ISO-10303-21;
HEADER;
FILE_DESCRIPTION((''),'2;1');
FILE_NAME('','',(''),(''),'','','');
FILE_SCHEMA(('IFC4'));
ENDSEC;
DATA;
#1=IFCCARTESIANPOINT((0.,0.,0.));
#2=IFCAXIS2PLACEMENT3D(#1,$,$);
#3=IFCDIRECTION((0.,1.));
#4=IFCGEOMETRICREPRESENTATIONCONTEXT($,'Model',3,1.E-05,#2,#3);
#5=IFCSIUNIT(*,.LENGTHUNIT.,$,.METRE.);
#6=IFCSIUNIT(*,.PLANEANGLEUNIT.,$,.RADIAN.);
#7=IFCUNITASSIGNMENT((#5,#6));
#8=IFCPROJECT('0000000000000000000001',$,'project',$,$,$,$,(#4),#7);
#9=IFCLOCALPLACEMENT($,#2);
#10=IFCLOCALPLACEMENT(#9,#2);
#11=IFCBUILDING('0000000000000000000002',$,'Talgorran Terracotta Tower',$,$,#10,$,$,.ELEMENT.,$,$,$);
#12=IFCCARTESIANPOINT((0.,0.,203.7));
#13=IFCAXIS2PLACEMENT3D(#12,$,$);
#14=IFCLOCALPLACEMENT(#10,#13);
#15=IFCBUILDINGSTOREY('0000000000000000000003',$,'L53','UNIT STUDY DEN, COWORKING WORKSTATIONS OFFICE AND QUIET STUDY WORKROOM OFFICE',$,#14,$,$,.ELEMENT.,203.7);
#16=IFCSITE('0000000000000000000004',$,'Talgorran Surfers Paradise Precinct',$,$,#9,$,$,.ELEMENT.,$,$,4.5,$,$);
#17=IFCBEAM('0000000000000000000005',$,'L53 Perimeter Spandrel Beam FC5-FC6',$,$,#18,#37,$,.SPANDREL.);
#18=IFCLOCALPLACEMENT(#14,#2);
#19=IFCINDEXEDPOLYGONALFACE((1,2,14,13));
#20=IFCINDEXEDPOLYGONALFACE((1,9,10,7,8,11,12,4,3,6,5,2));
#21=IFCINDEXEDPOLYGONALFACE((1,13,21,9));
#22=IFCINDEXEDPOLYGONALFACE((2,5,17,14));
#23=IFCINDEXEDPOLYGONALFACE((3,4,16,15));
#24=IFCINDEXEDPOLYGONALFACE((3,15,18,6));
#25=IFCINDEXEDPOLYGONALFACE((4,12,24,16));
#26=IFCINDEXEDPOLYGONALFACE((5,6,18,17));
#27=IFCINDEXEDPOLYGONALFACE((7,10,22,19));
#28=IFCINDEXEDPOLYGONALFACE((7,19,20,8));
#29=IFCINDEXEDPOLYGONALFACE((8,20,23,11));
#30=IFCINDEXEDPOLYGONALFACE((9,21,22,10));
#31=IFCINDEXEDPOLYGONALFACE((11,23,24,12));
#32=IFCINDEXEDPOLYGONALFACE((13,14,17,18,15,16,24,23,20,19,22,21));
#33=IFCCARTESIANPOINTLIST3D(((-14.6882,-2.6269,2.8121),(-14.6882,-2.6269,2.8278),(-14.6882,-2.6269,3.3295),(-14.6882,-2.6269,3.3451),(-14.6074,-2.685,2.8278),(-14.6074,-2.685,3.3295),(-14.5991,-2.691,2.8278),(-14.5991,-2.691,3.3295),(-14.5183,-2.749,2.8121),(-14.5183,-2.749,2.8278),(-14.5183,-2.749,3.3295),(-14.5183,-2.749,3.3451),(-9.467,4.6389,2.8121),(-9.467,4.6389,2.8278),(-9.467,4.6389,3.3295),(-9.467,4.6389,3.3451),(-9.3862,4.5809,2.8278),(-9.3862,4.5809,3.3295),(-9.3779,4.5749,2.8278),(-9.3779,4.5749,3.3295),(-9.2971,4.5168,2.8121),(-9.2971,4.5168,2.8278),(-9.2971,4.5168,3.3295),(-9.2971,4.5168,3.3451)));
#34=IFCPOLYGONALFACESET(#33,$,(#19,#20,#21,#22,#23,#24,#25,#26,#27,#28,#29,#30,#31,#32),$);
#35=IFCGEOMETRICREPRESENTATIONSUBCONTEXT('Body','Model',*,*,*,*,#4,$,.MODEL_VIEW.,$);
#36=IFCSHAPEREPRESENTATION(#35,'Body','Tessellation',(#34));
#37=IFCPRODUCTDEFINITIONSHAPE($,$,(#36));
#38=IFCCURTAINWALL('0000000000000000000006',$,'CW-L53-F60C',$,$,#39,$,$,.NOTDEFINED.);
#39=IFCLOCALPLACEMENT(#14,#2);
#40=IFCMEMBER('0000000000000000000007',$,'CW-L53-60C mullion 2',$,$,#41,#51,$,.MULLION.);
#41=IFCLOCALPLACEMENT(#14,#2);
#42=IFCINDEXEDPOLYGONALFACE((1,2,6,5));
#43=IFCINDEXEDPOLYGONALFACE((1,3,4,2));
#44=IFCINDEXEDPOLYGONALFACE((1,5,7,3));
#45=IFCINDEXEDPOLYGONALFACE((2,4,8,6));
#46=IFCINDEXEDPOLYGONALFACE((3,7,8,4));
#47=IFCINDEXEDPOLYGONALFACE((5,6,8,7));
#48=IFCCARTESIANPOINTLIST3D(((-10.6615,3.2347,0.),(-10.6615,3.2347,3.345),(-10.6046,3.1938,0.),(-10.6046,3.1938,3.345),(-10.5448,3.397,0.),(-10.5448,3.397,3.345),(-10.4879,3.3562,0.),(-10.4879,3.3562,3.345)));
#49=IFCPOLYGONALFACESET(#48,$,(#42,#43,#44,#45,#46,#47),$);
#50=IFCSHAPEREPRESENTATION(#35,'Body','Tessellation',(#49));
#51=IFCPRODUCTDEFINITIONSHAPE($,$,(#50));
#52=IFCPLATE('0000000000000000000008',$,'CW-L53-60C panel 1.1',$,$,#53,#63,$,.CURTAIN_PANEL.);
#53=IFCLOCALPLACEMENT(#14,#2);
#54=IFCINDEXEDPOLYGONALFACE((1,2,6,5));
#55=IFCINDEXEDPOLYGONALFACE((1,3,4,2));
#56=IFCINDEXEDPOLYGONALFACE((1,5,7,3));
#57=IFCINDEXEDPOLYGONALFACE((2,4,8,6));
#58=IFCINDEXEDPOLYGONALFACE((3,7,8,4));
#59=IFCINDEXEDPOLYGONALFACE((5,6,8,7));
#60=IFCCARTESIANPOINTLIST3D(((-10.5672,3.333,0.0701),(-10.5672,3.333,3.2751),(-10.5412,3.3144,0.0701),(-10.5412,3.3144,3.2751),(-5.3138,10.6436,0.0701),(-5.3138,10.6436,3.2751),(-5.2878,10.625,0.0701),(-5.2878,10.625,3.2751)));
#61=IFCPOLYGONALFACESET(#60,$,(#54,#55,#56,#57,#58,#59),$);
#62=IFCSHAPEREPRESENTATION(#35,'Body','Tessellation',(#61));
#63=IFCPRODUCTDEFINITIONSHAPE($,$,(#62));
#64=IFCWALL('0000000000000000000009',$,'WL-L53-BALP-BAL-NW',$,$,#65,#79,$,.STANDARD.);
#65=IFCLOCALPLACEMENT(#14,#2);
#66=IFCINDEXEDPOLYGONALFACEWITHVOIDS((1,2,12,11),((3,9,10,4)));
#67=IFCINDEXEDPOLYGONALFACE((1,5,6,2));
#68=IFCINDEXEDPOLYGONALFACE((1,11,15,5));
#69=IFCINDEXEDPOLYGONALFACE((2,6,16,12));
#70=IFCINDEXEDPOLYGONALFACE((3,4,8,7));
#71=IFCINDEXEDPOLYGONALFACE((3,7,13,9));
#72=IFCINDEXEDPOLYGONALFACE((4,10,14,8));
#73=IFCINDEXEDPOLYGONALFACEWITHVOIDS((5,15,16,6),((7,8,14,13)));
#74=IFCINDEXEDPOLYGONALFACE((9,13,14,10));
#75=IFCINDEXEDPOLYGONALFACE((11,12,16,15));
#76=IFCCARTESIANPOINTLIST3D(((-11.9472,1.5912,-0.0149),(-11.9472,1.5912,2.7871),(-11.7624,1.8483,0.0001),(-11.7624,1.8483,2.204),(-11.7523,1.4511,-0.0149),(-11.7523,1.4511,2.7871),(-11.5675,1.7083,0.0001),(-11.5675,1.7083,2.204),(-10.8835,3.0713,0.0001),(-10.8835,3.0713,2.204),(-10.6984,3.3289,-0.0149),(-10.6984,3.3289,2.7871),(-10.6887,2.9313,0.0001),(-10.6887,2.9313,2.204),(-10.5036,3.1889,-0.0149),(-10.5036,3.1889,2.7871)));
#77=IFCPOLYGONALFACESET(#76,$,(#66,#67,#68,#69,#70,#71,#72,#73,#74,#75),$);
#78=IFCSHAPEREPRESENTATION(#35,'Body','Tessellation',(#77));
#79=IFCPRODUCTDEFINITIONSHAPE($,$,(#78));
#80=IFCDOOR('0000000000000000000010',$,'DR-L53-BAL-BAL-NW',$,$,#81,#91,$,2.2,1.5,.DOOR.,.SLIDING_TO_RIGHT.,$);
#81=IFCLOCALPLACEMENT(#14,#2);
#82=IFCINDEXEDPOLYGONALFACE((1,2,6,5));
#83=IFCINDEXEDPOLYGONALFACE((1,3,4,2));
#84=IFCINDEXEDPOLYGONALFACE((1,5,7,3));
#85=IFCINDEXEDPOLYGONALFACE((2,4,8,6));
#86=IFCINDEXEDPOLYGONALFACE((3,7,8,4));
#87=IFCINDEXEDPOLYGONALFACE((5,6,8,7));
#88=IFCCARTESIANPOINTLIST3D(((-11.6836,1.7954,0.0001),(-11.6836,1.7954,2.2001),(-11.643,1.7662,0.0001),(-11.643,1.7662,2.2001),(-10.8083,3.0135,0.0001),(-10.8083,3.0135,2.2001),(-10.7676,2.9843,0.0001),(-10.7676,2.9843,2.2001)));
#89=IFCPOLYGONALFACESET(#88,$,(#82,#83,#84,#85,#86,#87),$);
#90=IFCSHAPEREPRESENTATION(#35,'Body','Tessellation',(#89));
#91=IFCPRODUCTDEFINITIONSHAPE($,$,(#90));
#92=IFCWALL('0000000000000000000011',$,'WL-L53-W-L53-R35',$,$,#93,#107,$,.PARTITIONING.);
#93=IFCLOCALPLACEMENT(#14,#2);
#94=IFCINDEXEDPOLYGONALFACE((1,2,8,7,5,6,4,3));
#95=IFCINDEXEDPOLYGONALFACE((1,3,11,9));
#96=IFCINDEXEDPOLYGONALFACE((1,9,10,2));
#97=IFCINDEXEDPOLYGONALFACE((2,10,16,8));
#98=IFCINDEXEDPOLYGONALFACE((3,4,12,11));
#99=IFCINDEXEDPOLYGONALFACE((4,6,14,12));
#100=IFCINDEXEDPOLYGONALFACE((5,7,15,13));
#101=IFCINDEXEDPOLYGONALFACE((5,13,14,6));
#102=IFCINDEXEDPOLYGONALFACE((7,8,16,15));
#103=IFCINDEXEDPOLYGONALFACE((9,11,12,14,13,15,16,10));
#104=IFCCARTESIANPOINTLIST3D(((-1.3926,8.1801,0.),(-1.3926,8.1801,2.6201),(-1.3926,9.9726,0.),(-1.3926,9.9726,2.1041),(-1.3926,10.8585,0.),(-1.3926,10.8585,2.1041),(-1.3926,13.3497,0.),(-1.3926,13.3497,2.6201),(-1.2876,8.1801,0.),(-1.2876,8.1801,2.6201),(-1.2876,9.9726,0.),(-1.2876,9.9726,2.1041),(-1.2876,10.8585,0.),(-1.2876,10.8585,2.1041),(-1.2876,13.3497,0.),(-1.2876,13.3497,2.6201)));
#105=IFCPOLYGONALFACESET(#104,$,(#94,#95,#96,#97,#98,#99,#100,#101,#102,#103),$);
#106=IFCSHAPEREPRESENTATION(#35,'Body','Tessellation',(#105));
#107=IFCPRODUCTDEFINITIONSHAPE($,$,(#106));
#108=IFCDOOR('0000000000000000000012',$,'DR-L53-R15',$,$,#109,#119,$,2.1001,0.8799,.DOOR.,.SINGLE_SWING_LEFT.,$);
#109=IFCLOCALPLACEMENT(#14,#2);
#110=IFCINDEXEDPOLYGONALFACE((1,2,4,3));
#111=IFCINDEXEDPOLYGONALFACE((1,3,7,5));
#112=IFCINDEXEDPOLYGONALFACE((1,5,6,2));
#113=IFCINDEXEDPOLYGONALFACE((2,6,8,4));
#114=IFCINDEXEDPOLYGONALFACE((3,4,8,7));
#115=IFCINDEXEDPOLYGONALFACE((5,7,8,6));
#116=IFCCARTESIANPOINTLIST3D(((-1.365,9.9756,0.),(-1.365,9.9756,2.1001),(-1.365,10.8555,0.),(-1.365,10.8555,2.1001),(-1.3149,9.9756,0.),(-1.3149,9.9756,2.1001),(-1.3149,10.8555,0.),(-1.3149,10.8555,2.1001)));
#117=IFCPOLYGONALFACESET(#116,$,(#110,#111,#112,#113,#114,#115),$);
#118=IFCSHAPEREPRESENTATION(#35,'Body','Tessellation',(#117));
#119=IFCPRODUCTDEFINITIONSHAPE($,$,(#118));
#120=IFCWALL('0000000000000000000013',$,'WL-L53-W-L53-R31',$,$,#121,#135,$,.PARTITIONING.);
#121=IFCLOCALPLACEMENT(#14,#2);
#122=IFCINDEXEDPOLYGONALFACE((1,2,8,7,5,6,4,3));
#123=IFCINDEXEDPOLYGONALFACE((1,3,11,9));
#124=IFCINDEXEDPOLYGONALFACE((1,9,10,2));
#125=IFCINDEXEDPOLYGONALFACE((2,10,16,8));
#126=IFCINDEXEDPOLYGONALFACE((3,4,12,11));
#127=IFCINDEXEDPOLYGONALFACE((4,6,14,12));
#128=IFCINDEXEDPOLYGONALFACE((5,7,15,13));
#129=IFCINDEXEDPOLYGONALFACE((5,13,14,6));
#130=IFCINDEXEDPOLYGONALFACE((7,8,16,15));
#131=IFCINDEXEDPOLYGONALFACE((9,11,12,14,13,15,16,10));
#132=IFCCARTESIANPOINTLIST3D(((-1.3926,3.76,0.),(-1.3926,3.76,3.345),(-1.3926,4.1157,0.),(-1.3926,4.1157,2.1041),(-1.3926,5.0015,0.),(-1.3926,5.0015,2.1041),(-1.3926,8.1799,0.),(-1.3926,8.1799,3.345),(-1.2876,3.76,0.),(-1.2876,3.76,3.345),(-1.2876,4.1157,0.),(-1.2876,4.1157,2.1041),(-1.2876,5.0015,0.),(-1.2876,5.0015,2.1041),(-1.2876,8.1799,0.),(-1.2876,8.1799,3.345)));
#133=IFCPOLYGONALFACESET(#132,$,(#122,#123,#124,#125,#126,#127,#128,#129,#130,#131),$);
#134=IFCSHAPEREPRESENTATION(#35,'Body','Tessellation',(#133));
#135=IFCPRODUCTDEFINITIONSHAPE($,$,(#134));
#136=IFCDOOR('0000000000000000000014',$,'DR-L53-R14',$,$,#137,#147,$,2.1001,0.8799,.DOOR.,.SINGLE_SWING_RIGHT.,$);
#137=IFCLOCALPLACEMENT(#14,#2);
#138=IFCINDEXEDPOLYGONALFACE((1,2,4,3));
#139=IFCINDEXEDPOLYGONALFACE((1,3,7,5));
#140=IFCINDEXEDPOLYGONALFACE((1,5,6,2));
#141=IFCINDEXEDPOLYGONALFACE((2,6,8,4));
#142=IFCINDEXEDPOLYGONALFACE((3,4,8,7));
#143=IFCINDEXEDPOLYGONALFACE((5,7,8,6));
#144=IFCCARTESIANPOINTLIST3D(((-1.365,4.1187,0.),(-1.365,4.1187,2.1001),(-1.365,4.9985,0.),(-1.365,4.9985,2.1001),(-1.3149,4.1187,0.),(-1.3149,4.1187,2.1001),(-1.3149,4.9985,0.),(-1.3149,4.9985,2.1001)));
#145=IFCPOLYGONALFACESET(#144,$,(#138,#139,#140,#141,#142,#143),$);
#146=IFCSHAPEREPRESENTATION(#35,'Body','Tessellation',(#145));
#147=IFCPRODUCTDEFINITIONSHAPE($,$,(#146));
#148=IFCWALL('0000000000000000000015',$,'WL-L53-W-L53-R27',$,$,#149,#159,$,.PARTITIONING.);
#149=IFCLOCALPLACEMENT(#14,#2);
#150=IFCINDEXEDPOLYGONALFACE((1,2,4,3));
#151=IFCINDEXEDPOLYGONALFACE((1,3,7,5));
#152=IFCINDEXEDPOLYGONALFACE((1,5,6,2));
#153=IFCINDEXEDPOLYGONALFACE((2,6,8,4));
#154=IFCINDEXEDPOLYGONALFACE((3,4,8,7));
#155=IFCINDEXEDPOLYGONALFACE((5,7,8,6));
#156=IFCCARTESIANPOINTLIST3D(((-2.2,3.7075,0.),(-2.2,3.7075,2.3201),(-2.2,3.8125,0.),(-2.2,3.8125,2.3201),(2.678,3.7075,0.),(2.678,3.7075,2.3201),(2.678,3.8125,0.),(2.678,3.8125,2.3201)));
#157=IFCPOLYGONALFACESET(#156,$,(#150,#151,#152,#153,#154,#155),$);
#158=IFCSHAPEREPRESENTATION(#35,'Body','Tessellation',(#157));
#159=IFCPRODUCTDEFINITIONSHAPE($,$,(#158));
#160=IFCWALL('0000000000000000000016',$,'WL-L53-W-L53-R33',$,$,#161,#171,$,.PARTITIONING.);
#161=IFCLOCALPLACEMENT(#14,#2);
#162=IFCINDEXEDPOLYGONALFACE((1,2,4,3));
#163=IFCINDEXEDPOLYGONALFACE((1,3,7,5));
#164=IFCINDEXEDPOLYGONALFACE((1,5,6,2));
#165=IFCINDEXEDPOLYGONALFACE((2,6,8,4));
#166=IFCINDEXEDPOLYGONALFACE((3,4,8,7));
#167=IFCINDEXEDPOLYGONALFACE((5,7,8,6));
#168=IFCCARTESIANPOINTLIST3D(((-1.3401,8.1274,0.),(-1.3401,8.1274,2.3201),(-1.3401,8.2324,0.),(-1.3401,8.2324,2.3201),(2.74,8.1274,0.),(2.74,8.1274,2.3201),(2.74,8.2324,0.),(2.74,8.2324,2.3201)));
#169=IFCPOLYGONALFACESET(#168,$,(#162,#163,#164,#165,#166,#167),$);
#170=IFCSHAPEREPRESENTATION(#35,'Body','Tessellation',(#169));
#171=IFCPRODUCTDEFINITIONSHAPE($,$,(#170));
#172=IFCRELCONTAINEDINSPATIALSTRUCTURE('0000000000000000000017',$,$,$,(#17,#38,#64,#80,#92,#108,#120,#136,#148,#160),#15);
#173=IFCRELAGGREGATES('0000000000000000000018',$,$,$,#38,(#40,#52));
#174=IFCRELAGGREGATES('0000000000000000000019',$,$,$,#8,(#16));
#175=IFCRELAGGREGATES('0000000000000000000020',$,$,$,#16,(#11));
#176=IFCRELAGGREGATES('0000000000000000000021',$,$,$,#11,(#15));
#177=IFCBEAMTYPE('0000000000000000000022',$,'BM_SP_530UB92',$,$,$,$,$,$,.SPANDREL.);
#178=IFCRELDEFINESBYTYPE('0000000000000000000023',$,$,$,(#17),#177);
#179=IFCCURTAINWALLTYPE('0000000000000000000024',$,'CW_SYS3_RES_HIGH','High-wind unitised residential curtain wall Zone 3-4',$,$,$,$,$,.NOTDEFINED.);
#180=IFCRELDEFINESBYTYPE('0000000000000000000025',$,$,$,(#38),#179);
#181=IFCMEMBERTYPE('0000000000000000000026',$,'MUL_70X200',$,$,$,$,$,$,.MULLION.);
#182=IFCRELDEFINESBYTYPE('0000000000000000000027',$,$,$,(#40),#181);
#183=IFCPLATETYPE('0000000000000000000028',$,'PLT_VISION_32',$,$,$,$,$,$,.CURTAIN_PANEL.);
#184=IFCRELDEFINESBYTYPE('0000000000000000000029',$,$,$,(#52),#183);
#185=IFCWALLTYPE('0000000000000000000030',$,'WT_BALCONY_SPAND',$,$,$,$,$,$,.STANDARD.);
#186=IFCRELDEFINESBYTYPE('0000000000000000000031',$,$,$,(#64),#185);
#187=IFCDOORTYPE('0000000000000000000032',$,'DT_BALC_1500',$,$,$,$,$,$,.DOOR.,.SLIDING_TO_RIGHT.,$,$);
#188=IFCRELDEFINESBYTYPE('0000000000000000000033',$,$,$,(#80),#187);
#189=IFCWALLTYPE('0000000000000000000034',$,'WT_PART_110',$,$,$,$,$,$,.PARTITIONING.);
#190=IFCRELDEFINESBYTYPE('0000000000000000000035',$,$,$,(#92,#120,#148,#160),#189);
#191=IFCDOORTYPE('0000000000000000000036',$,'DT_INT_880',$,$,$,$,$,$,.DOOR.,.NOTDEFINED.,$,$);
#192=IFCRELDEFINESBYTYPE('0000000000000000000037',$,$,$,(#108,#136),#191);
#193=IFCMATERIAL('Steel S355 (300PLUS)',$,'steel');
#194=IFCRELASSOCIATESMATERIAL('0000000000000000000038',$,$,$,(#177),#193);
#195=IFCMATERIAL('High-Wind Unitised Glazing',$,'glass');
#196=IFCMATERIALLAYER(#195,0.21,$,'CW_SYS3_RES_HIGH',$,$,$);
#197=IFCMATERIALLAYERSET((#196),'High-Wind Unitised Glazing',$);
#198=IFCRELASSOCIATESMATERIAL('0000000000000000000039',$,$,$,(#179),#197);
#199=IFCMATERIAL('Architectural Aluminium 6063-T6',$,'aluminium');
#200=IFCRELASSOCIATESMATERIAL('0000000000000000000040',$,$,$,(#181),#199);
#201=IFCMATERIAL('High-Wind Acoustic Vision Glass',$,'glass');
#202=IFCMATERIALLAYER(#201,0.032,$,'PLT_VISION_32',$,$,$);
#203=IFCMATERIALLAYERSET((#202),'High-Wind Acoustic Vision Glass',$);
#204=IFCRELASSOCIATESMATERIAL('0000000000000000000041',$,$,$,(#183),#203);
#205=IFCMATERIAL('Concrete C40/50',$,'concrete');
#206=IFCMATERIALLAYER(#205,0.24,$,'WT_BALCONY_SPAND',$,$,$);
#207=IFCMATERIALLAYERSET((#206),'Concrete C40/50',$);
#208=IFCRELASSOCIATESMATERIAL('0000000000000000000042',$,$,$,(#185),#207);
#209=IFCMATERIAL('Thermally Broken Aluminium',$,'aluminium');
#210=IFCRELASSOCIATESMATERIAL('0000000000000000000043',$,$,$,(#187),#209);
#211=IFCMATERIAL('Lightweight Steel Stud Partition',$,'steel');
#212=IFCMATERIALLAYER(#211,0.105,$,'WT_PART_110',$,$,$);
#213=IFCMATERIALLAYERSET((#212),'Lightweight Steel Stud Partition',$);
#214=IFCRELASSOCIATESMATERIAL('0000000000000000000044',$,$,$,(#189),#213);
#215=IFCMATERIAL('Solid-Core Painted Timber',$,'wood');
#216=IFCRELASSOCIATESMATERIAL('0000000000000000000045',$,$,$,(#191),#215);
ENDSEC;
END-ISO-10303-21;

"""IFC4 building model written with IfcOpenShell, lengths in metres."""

from ifc_helpers import new_model, si_unit, direction, frame, frame_2d, origin, origin_2d, place, context, subcontext, project, spatial, rectangle, i_section, extrude, source, transform, mapped, material, layer, layer_set, material_profile, profile_set, type_object, type_shapes, element, fill, aggregate, save


model = new_model("IFC4")

# Units and contexts
model_context = context("Model", 3, precision=1e-05, world=origin(), true_north=direction((0.0, 1.0)))
body_context = subcontext(model_context, "Body", "Model", "MODEL_VIEW")
ifc_project = project(units=[si_unit("LENGTHUNIT", "METRE"), si_unit("PLANEANGLEUNIT", "RADIAN")], contexts=[model_context])

# Site, building, storey
site_placement = place(None, origin())
site = spatial("IfcSite", under=ifc_project, at=site_placement, Name="Talgorran Surfers Paradise Precinct", CompositionType="ELEMENT", RefElevation=4.5)
building_placement = place(site_placement, origin())
building = spatial("IfcBuilding", under=site, at=building_placement, Name="Talgorran Terracotta Tower", CompositionType="ELEMENT")
storey_placement = place(building_placement, frame((0.0, 0.0, 203.7)))
storey = spatial("IfcBuildingStorey", under=building, at=storey_placement, Name="L53", Description="UNIT STUDY DEN, COWORKING WORKSTATIONS OFFICE AND QUIET STUDY WORKROOM OFFICE", CompositionType="ELEMENT", Elevation=203.7)

# Shared definitions
ifc_material_1 = material(Name="Steel S355 (300PLUS)", Category="steel")

# Beam
ifc_material_profile_1 = material_profile(ifc_material_1, i_section(OverallWidth=0.2092, OverallDepth=0.533, WebThickness=0.0103, FlangeThickness=0.0156, at=origin_2d()), Name="530UB92.4")
ifc_profile_set_1 = profile_set([ifc_material_profile_1], Name="Steel S355 (300PLUS)")
beam_type_1 = type_object("IfcBeamType", Name="BM_SP_530UB92", PredefinedType="SPANDREL", material=ifc_profile_set_1)
beam_1_placement = place(storey_placement, frame((-9.3821, 4.5779, 3.0786), z_axis=(-0.583551, -0.812076, 0.0), x_axis=(0.812076, -0.583551, 0.0)))
element("IfcBeam", 1, at=beam_1_placement, inside=storey, type_object=beam_type_1, Name="L53 Perimeter Spandrel Beam FC5-FC6", PredefinedType="SPANDREL", context=body_context, shape_type="SweptSolid", body=[
    extrude(i_section(OverallWidth=0.2092, OverallDepth=0.533, WebThickness=0.0103, FlangeThickness=0.0156, at=origin_2d()), origin(), (0.0, 0.0, 1.0), 8.9473),
])

# Curtain wall, member, plate
ifc_material_2 = material(Name="High-Wind Unitised Glazing", Category="glass")
ifc_layer_1 = layer(ifc_material_2, 0.21, Name="CW_SYS3_RES_HIGH")
ifc_layer_set_1 = layer_set([ifc_layer_1], Name="High-Wind Unitised Glazing")
curtain_wall_type = type_object("IfcCurtainWallType", Name="CW_SYS3_RES_HIGH", Description="High-wind unitised residential curtain wall Zone 3-4", PredefinedType="NOTDEFINED", material=ifc_layer_set_1)
curtain_wall_placement = place(storey_placement, origin())
curtain_wall = element("IfcCurtainWall", 2, at=curtain_wall_placement, inside=storey, type_object=curtain_wall_type, Name="CW-L53-F60C", PredefinedType="NOTDEFINED")
ifc_material_3 = material(Name="Architectural Aluminium 6063-T6", Category="aluminium")
ifc_material_profile_2 = material_profile(ifc_material_3, rectangle(XDim=0.0701, YDim=0.2, at=origin_2d()), Name="CWM70X200")
ifc_profile_set_2 = profile_set([ifc_material_profile_2], Name="Architectural Aluminium 6063-T6")
member_type = type_object("IfcMemberType", Name="MUL_70X200", PredefinedType="MULLION", material=ifc_profile_set_2)
member_placement = place(storey_placement, frame((-10.5747, 3.2954, 0.0), z_axis=(0.0, 0.0, 1.0), x_axis=(0.812072, -0.583558, 0.0)))
member = element("IfcMember", 3, at=member_placement, type_object=member_type, Name="CW-L53-60C mullion 2", PredefinedType="MULLION", context=body_context, shape_type="SweptSolid", body=[
    extrude(rectangle(XDim=0.0701, YDim=0.2, at=origin_2d()), origin(), (0.0, 0.0, 1.0), 3.345),
])
ifc_material_4 = material(Name="High-Wind Acoustic Vision Glass", Category="glass")
ifc_layer_2 = layer(ifc_material_4, 0.032, Name="PLT_VISION_32")
ifc_layer_set_2 = layer_set([ifc_layer_2], Name="High-Wind Acoustic Vision Glass")
plate_type = type_object("IfcPlateType", Name="PLT_VISION_32", PredefinedType="CURTAIN_PANEL", material=ifc_layer_set_2)
shared_shape = source(origin(), body_context, "Body", "SweptSolid", [
    extrude(rectangle(XDim=9.0024, YDim=0.032, at=origin_2d()), origin(), (0.0, 0.0, 1.0), 3.2051),
])
type_shapes(plate_type, [shared_shape])
plate_placement = place(storey_placement, frame((-7.9275, 6.979, 0.0701), z_axis=(0.0, 0.0, 1.0), x_axis=(-0.583558, -0.812072, 0.0)))
plate = element("IfcPlate", 4, at=plate_placement, type_object=plate_type, Name="CW-L53-60C panel 1.1", PredefinedType="CURTAIN_PANEL", context=body_context, shape_type="MappedRepresentation", body=[
    mapped(shared_shape, transform((0.0, 0.0, 0.0), scale=1.0)),
])
aggregate(curtain_wall, [member, plate])

# Walls, openings, doors
ifc_material_5 = material(Name="Concrete C40/50", Category="concrete")
ifc_layer_3 = layer(ifc_material_5, 0.24, Name="WT_BALCONY_SPAND")
ifc_layer_set_3 = layer_set([ifc_layer_3], Name="Concrete C40/50")
wall_type_1 = type_object("IfcWallType", Name="WT_BALCONY_SPAND", PredefinedType="STANDARD", material=ifc_layer_set_3)
wall_1_placement = place(storey_placement, frame((-10.6011, 3.2588, -0.0149), z_axis=(0.0, 0.0, 1.0), x_axis=(-0.583556, -0.812073, 0.0)))
wall_1 = element("IfcWall", 5, at=wall_1_placement, inside=storey, type_object=wall_type_1, Name="WL-L53-BALP-BAL-NW", PredefinedType="STANDARD", context=body_context, shape_type="SweptSolid", body=[
    extrude(rectangle(XDim=2.1399, YDim=0.24, at=frame_2d((1.0698, 0.0))), origin(), (0.0, 0.0, 1.0), 2.802),
])
opening_1_placement = place(wall_1_placement, frame((0.3201, 0.0, 0.0149)))
opening_1 = element("IfcOpeningElement", 6, at=opening_1_placement, cuts=wall_1, PredefinedType="OPENING", context=body_context, shape_type="SweptSolid", body=[
    extrude(rectangle(XDim=1.506, YDim=2.204, at=frame_2d((0.75, 1.1021))), frame((0.0, 0.1299, 0.0), z_axis=(0.0, -1.0, 0.0), x_axis=(1.0, 0.0, 0.0)), (0.0, 0.0, 1.0), 0.26),
])
ifc_material_6 = material(Name="Thermally Broken Aluminium", Category="aluminium")
door_type_1 = type_object("IfcDoorType", Name="DT_BALC_1500", OperationType="SLIDING_TO_RIGHT", PredefinedType="DOOR", material=ifc_material_6)
door_1_placement = place(opening_1_placement, origin())
door_1 = element("IfcDoor", 7, at=door_1_placement, inside=storey, type_object=door_type_1, Name="DR-L53-BAL-BAL-NW", OperationType="SLIDING_TO_RIGHT", OverallHeight=2.2, OverallWidth=1.5, PredefinedType="DOOR", context=body_context, shape_type="SweptSolid", body=[
    extrude(rectangle(XDim=1.5, YDim=2.2, at=frame_2d((0.75, 1.1001))), frame((0.0, 0.0249, 0.0), z_axis=(0.0, -1.0, 0.0), x_axis=(1.0, 0.0, 0.0)), (0.0, 0.0, 1.0), 0.05),
])
fill(opening_1, door_1)
ifc_material_7 = material(Name="Lightweight Steel Stud Partition", Category="steel")
ifc_layer_4 = layer(ifc_material_7, 0.105, Name="WT_PART_110")
ifc_layer_set_4 = layer_set([ifc_layer_4], Name="Lightweight Steel Stud Partition")
wall_type_2 = type_object("IfcWallType", Name="WT_PART_110", PredefinedType="PARTITIONING", material=ifc_layer_set_4)
wall_2_placement = place(storey_placement, frame((-1.3401, 8.1799, 0.0), z_axis=(0.0, 0.0, 1.0), x_axis=(0.0, 1.0, 0.0)))
wall_2 = element("IfcWall", 8, at=wall_2_placement, inside=storey, type_object=wall_type_2, Name="WL-L53-W-L53-R35", PredefinedType="PARTITIONING", context=body_context, shape_type="SweptSolid", body=[
    extrude(rectangle(XDim=5.1697, YDim=0.105, at=frame_2d((2.585, 0.0))), origin(), (0.0, 0.0, 1.0), 2.6201),
])
opening_2_placement = place(wall_2_placement, frame((1.7957, 0.0, 0.0)))
opening_2 = element("IfcOpeningElement", 9, at=opening_2_placement, cuts=wall_2, PredefinedType="OPENING", context=body_context, shape_type="SweptSolid", body=[
    extrude(rectangle(XDim=0.8859, YDim=2.1041, at=frame_2d((0.4399, 1.052))), frame((0.0, 0.0625, 0.0), z_axis=(0.0, -1.0, 0.0), x_axis=(1.0, 0.0, 0.0)), (0.0, 0.0, 1.0), 0.125),
])
ifc_material_8 = material(Name="Solid-Core Painted Timber", Category="wood")
door_type_2 = type_object("IfcDoorType", Name="DT_INT_880", OperationType="NOTDEFINED", PredefinedType="DOOR", material=ifc_material_8)
door_2_placement = place(opening_2_placement, origin())
door_2 = element("IfcDoor", 10, at=door_2_placement, inside=storey, type_object=door_type_2, Name="DR-L53-R15", OperationType="SINGLE_SWING_LEFT", OverallHeight=2.1001, OverallWidth=0.8799, PredefinedType="DOOR", context=body_context, shape_type="SweptSolid", body=[
    extrude(rectangle(XDim=0.8799, YDim=2.1001, at=frame_2d((0.4399, 1.05))), frame((0.0, 0.0249, 0.0), z_axis=(0.0, -1.0, 0.0), x_axis=(1.0, 0.0, 0.0)), (0.0, 0.0, 1.0), 0.05),
])
fill(opening_2, door_2)
wall_3_placement = place(storey_placement, frame((-1.3401, 3.76, 0.0), z_axis=(0.0, 0.0, 1.0), x_axis=(0.0, 1.0, 0.0)))
wall_3 = element("IfcWall", 11, at=wall_3_placement, inside=storey, type_object=wall_type_2, Name="WL-L53-W-L53-R31", PredefinedType="PARTITIONING", context=body_context, shape_type="SweptSolid", body=[
    extrude(rectangle(XDim=4.4199, YDim=0.105, at=frame_2d((2.21, 0.0))), origin(), (0.0, 0.0, 1.0), 3.345),
])
opening_3_placement = place(wall_3_placement, frame((0.3586, 0.0, 0.0)))
opening_3 = element("IfcOpeningElement", 12, at=opening_3_placement, cuts=wall_3, PredefinedType="OPENING", context=body_context, shape_type="SweptSolid", body=[
    extrude(rectangle(XDim=0.8859, YDim=2.1041, at=frame_2d((0.4399, 1.052))), frame((0.0, 0.0625, 0.0), z_axis=(0.0, -1.0, 0.0), x_axis=(1.0, 0.0, 0.0)), (0.0, 0.0, 1.0), 0.125),
])
door_3_placement = place(opening_3_placement, origin())
door_3 = element("IfcDoor", 13, at=door_3_placement, inside=storey, type_object=door_type_2, Name="DR-L53-R14", OperationType="SINGLE_SWING_RIGHT", OverallHeight=2.1001, OverallWidth=0.8799, PredefinedType="DOOR", context=body_context, shape_type="SweptSolid", body=[
    extrude(rectangle(XDim=0.8799, YDim=2.1001, at=frame_2d((0.4399, 1.05))), frame((0.0, 0.0249, 0.0), z_axis=(0.0, -1.0, 0.0), x_axis=(1.0, 0.0, 0.0)), (0.0, 0.0, 1.0), 0.05),
])
fill(opening_3, door_3)

# Walls
wall_4_placement = place(storey_placement, frame((-2.2, 3.76, 0.0), z_axis=(0.0, 0.0, 1.0), x_axis=(1.0, 0.0, 0.0)))
element("IfcWall", 14, at=wall_4_placement, inside=storey, type_object=wall_type_2, Name="WL-L53-W-L53-R27", PredefinedType="PARTITIONING", context=body_context, shape_type="SweptSolid", body=[
    extrude(rectangle(XDim=4.8779, YDim=0.105, at=frame_2d((2.439, 0.0))), origin(), (0.0, 0.0, 1.0), 2.3201),
])
wall_5_placement = place(storey_placement, frame((-1.3401, 8.1799, 0.0), z_axis=(0.0, 0.0, 1.0), x_axis=(1.0, 0.0, 0.0)))
element("IfcWall", 15, at=wall_5_placement, inside=storey, type_object=wall_type_2, Name="WL-L53-W-L53-R33", PredefinedType="PARTITIONING", context=body_context, shape_type="SweptSolid", body=[
    extrude(rectangle(XDim=4.0801, YDim=0.105, at=frame_2d((2.04, 0.0))), origin(), (0.0, 0.0, 1.0), 2.3201),
])

save(model, "model.ifc")
